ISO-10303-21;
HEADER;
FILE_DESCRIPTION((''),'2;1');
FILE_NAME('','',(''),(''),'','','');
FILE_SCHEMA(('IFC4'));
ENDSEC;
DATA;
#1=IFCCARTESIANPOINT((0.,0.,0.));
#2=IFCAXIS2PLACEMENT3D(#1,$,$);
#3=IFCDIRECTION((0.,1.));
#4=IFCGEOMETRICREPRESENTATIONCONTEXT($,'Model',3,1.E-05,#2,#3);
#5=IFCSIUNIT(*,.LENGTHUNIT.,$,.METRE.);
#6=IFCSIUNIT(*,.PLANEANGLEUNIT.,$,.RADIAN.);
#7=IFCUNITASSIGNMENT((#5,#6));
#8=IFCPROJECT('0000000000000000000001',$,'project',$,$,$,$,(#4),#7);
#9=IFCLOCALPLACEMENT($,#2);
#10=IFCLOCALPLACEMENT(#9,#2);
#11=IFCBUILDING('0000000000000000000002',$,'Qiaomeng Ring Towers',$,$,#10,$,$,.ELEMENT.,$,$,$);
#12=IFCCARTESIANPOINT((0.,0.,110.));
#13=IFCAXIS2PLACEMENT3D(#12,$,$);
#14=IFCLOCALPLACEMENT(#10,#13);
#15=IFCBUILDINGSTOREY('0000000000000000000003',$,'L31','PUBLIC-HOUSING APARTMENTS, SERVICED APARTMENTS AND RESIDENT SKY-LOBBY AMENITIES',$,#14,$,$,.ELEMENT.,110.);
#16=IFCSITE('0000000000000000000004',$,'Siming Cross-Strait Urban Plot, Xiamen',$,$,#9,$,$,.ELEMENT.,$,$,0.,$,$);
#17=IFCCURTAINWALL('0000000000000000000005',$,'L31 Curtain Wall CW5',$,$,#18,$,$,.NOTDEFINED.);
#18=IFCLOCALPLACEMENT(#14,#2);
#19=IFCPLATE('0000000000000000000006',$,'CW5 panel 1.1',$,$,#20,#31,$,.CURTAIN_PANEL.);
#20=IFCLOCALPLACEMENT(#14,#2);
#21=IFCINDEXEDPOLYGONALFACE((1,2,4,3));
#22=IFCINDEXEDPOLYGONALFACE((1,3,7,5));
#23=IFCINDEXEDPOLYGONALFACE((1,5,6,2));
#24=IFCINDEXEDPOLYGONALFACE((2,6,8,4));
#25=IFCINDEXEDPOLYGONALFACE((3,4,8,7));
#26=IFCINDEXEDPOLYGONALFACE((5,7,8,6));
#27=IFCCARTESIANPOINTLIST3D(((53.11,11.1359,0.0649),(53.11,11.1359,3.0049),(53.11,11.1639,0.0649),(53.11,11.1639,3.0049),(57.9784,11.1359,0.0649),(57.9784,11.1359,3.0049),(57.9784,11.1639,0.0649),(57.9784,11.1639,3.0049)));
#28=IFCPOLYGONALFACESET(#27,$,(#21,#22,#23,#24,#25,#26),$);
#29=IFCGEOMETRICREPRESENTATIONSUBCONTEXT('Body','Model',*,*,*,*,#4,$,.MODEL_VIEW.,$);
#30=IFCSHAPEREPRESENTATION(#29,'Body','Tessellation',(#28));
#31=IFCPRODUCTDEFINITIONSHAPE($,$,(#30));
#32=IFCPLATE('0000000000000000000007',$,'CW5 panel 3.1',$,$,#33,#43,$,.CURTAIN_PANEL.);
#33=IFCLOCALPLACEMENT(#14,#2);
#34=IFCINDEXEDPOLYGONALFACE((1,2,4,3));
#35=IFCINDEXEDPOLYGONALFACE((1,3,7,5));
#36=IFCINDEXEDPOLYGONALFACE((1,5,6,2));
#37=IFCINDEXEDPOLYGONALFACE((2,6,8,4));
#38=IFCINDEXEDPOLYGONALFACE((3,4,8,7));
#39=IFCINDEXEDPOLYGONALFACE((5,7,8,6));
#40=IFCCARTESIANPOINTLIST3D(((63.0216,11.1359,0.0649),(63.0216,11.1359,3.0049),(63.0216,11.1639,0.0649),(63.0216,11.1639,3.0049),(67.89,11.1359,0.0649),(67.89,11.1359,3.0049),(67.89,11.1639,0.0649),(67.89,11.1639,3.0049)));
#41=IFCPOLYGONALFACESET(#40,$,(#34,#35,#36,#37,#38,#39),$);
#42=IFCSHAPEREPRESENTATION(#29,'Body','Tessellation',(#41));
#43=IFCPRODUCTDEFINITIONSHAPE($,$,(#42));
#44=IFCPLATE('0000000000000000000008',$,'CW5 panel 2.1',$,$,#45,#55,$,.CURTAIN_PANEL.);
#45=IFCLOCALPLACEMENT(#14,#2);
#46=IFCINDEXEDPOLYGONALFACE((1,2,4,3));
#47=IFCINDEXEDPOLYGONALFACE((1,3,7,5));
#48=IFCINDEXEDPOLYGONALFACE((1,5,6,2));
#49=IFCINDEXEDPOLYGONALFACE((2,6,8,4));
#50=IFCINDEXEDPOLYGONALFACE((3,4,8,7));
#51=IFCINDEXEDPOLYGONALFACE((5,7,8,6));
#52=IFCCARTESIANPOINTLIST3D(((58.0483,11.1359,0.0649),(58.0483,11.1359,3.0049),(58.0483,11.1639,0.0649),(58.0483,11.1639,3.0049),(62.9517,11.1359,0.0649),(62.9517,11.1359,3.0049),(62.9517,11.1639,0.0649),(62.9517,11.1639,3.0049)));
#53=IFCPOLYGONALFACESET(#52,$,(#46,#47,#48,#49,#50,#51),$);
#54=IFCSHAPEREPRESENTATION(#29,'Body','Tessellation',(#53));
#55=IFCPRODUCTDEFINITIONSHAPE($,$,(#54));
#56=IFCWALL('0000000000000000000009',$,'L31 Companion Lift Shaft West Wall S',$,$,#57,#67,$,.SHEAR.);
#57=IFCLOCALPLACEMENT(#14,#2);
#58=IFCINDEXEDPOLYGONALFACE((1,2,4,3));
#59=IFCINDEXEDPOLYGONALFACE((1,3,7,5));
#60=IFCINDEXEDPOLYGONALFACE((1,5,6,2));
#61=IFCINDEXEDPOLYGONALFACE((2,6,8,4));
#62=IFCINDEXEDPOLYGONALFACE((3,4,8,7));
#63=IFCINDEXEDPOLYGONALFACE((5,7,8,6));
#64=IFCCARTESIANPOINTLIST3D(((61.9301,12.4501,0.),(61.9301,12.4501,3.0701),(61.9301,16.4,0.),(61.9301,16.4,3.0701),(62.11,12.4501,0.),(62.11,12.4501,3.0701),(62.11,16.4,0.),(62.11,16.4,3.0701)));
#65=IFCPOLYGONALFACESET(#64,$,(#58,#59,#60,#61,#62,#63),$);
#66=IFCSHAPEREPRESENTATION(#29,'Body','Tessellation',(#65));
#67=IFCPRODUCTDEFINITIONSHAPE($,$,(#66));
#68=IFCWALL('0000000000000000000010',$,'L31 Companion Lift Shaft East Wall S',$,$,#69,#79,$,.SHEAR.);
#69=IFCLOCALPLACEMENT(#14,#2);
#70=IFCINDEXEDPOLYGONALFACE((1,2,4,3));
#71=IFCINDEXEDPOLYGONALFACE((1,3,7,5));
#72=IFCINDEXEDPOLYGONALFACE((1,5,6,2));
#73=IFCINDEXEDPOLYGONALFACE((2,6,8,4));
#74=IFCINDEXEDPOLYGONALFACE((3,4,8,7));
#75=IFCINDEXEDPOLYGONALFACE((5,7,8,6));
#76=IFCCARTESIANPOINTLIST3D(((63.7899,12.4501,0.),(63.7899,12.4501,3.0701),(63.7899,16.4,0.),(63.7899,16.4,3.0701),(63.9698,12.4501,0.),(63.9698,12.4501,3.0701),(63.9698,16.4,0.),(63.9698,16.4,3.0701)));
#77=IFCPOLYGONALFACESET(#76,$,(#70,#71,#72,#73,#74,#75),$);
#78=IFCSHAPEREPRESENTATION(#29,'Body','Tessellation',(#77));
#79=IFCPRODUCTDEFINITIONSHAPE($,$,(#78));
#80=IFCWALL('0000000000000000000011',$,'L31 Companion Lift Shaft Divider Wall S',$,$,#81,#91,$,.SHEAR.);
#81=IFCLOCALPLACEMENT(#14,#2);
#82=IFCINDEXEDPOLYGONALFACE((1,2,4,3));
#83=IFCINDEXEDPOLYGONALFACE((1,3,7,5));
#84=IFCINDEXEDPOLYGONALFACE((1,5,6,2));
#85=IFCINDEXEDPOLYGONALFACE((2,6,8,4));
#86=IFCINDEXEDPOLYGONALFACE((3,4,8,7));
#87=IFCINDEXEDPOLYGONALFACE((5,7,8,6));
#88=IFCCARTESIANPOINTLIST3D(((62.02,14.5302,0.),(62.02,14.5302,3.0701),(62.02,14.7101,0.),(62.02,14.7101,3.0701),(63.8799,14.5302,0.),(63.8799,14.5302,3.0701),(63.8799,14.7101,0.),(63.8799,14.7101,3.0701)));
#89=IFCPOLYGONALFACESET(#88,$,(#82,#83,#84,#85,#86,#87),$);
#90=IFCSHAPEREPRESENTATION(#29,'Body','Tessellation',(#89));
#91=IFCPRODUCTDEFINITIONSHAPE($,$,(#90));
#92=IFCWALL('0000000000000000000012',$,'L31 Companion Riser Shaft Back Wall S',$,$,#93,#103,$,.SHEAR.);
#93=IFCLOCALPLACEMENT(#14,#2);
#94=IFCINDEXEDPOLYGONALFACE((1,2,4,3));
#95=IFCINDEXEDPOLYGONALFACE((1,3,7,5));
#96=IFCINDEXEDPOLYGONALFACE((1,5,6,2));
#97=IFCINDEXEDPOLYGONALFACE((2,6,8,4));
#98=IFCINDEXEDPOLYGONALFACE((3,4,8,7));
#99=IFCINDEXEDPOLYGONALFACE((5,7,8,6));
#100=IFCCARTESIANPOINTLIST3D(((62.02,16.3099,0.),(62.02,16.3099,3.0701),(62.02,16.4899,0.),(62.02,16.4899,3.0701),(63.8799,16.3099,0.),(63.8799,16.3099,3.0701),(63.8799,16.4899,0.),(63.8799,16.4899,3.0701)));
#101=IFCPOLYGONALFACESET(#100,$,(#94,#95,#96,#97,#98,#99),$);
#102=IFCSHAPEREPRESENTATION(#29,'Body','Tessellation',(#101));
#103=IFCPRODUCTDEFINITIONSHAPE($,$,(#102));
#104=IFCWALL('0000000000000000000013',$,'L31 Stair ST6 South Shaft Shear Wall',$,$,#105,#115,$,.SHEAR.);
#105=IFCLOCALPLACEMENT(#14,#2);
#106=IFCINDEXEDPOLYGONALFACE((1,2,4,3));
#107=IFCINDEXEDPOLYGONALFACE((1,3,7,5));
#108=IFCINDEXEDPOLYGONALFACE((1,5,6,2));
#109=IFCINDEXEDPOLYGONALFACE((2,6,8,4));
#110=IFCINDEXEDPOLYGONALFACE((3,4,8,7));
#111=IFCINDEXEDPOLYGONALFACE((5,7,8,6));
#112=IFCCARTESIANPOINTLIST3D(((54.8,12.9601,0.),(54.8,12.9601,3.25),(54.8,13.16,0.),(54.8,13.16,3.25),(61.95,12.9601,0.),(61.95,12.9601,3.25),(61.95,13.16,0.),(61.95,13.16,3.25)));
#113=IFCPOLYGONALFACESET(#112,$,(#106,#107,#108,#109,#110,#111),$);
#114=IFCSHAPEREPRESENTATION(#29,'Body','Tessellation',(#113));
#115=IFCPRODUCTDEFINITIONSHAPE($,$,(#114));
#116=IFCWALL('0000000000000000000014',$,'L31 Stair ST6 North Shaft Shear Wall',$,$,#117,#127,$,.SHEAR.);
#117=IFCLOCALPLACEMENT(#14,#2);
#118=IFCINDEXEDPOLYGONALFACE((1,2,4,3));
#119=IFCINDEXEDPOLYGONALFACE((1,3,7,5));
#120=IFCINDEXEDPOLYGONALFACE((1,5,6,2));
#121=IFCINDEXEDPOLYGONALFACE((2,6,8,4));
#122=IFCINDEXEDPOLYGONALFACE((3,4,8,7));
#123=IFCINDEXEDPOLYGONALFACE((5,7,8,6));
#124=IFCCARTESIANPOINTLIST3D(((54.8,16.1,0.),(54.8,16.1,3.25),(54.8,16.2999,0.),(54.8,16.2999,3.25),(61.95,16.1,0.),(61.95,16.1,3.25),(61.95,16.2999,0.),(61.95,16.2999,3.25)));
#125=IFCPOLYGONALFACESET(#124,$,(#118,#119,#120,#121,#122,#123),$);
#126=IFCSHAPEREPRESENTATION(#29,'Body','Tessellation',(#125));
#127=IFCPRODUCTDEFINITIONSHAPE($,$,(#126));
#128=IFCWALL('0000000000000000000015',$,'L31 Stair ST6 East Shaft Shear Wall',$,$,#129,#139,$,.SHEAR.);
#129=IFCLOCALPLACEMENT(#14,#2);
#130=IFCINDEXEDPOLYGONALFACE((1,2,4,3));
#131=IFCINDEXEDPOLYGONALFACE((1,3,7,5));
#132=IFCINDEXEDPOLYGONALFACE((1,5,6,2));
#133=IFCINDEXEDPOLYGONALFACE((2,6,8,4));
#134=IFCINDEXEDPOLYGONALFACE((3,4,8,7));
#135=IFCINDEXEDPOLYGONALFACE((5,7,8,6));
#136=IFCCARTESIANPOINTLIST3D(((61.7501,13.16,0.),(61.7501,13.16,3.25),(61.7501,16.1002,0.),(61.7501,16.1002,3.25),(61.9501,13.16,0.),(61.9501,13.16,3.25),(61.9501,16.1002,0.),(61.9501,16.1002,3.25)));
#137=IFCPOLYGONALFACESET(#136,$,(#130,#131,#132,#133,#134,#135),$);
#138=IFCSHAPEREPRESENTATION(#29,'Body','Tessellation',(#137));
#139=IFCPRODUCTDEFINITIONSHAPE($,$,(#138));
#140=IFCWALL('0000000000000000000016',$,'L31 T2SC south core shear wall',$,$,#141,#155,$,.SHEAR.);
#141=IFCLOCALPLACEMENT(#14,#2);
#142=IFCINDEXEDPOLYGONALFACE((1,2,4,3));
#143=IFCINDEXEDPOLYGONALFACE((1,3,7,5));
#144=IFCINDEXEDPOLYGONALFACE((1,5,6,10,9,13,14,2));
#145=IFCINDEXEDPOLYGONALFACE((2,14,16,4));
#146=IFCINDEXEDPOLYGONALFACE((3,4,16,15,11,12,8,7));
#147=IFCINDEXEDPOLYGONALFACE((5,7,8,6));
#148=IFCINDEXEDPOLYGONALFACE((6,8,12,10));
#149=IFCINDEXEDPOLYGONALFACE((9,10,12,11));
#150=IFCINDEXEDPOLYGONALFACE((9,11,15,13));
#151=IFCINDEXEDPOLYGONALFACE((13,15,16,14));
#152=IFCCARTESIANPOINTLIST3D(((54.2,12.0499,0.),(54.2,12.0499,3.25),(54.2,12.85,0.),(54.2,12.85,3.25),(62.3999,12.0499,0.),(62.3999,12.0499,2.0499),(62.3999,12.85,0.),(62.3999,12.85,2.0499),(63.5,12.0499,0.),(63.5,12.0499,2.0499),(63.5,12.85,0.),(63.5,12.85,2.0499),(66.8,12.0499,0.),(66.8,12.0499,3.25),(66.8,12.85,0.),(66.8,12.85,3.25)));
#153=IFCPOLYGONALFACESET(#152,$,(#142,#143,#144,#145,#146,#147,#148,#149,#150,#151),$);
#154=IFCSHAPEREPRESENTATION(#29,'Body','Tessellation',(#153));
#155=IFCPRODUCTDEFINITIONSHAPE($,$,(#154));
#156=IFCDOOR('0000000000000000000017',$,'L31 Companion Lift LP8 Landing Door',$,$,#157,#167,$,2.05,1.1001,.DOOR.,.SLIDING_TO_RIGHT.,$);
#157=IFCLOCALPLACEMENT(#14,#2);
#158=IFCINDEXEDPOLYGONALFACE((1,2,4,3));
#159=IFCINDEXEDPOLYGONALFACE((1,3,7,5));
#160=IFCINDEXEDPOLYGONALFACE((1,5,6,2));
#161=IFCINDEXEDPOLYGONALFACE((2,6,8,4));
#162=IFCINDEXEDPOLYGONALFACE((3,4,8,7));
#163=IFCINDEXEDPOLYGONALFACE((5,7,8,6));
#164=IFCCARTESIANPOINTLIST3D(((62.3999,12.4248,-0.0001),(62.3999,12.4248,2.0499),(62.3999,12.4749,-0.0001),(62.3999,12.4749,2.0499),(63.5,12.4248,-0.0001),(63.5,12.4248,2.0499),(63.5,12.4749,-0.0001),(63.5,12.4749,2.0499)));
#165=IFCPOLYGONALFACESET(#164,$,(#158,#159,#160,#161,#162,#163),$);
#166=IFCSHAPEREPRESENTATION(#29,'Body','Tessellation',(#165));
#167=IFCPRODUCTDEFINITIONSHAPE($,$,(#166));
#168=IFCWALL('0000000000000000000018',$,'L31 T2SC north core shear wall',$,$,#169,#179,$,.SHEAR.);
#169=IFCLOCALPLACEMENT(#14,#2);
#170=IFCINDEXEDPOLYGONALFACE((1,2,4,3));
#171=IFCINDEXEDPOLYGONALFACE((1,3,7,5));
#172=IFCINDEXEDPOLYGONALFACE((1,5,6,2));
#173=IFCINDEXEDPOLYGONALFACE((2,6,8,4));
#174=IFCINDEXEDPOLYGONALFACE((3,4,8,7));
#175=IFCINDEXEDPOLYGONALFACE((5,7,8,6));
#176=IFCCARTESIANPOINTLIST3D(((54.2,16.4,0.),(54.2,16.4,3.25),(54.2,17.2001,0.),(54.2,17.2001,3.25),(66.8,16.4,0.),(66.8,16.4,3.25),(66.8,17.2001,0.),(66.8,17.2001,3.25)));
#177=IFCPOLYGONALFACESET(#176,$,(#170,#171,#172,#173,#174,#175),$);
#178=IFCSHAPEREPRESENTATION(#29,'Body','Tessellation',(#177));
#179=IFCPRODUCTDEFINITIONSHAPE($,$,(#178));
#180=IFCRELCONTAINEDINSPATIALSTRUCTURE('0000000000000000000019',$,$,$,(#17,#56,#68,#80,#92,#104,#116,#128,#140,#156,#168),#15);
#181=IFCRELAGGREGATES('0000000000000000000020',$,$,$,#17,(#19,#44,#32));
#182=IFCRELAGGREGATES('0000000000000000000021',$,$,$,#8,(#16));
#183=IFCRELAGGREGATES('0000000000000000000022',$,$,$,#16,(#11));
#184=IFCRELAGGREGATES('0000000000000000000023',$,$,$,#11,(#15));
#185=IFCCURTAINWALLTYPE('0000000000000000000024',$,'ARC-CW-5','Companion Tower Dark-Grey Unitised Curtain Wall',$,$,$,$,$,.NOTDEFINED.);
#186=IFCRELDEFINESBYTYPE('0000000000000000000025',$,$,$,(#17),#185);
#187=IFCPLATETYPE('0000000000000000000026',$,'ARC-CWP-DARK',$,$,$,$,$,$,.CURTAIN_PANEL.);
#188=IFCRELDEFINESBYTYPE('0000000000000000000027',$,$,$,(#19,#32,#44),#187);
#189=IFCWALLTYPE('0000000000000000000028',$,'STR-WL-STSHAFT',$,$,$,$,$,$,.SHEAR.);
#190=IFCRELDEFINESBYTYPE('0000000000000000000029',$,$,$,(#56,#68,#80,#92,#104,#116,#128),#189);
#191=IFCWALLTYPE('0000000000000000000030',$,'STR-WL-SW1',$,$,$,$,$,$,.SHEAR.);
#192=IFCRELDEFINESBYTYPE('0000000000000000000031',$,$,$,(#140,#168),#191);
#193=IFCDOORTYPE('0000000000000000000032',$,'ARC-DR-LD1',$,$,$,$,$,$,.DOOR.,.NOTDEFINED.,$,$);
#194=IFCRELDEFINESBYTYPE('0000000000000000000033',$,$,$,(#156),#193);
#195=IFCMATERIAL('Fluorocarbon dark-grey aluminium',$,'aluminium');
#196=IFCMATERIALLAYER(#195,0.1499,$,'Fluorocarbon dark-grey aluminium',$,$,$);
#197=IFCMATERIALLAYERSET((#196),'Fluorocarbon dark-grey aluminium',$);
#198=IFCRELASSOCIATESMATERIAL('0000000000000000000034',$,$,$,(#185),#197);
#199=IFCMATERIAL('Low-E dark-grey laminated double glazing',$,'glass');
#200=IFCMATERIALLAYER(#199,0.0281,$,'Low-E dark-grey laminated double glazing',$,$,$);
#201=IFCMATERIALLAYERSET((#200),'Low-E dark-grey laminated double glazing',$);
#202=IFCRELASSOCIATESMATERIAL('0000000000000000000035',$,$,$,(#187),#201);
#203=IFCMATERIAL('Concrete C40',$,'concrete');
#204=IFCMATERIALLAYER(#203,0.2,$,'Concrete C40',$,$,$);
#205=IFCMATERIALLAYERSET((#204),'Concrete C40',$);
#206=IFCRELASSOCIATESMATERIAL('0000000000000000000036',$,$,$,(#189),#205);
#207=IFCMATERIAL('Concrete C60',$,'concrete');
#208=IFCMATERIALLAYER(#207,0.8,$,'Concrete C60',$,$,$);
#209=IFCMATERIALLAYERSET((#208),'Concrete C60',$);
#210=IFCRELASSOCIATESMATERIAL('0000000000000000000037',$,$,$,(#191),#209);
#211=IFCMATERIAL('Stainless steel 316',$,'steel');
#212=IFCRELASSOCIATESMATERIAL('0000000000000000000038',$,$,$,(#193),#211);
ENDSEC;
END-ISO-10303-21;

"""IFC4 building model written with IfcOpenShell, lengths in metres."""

from ifc_helpers import new_model, si_unit, direction, frame, frame_2d, origin, origin_2d, place, context, subcontext, project, spatial, rectangle, extrude, source, transform, mapped, material, layer, layer_set, type_object, element, fill, aggregate, save


model = new_model("IFC4")

# Units and contexts
model_context = context("Model", 3, precision=1e-05, world=origin(), true_north=direction((0.0, 1.0)))
body_context = subcontext(model_context, "Body", "Model", "MODEL_VIEW")
ifc_project = project(units=[si_unit("LENGTHUNIT", "METRE"), si_unit("PLANEANGLEUNIT", "RADIAN")], contexts=[model_context])

# Site, building, storey
site_placement = place(None, origin())
site = spatial("IfcSite", under=ifc_project, at=site_placement, Name="Siming Cross-Strait Urban Plot, Xiamen", CompositionType="ELEMENT", RefElevation=0.0)
building_placement = place(site_placement, origin())
building = spatial("IfcBuilding", under=site, at=building_placement, Name="Qiaomeng Ring Towers", CompositionType="ELEMENT")
storey_placement = place(building_placement, frame((0.0, 0.0, 110.0)))
storey = spatial("IfcBuildingStorey", under=building, at=storey_placement, Name="L31", Description="PUBLIC-HOUSING APARTMENTS, SERVICED APARTMENTS AND RESIDENT SKY-LOBBY AMENITIES", CompositionType="ELEMENT", Elevation=110.0)

# Shared definitions
ifc_material_1 = material(Name="Fluorocarbon dark-grey aluminium", Category="aluminium")

# Curtain wall, plates
ifc_layer_1 = layer(ifc_material_1, 0.1499, Name="Fluorocarbon dark-grey aluminium")
ifc_layer_set_1 = layer_set([ifc_layer_1], Name="Fluorocarbon dark-grey aluminium")
curtain_wall_type_1 = type_object("IfcCurtainWallType", Name="ARC-CW-5", Description="Companion Tower Dark-Grey Unitised Curtain Wall", PredefinedType="NOTDEFINED", material=ifc_layer_set_1)
curtain_wall_1_placement = place(storey_placement, origin())
curtain_wall_1 = element("IfcCurtainWall", 1, at=curtain_wall_1_placement, inside=storey, type_object=curtain_wall_type_1, Name="L31 Curtain Wall CW5", PredefinedType="NOTDEFINED")
ifc_material_2 = material(Name="Low-E dark-grey laminated double glazing", Category="glass")
ifc_layer_2 = layer(ifc_material_2, 0.0281, Name="Low-E dark-grey laminated double glazing")
ifc_layer_set_2 = layer_set([ifc_layer_2], Name="Low-E dark-grey laminated double glazing")
plate_type = type_object("IfcPlateType", Name="ARC-CWP-DARK", PredefinedType="CURTAIN_PANEL", material=ifc_layer_set_2)
shared_shape_1 = source(origin(), body_context, "Body", "SweptSolid", [
    extrude(rectangle(XDim=4.8684, YDim=0.0281, at=origin_2d()), origin(), (0.0, 0.0, 1.0), 2.9399),
])
plate_1_placement = place(storey_placement, frame((55.5442, 11.1499, 0.0649), z_axis=(0.0, 0.0, 1.0), x_axis=(1.0, 0.0, 0.0)))
plate_1 = element("IfcPlate", 2, at=plate_1_placement, type_object=plate_type, Name="CW5 panel 1.1", PredefinedType="CURTAIN_PANEL", context=body_context, shape_type="MappedRepresentation", body=[
    mapped(shared_shape_1, transform((0.0, 0.0, 0.0), x_axis=(1.0, 0.0, 0.0), y_axis=(0.0, 1.0, 0.0), z_axis=(0.0, 0.0, 1.0), scale=1.0)),
])
plate_2_placement = place(storey_placement, frame((65.4558, 11.1499, 0.0649), z_axis=(0.0, 0.0, 1.0), x_axis=(1.0, 0.0, 0.0)))
plate_2 = element("IfcPlate", 3, at=plate_2_placement, type_object=plate_type, Name="CW5 panel 3.1", PredefinedType="CURTAIN_PANEL", context=body_context, shape_type="MappedRepresentation", body=[
    mapped(shared_shape_1, transform((0.0, 0.0, 0.0), x_axis=(1.0, 0.0, 0.0), y_axis=(0.0, 1.0, 0.0), z_axis=(0.0, 0.0, 1.0), scale=1.0)),
])
shared_shape_2 = source(origin(), body_context, "Body", "SweptSolid", [
    extrude(rectangle(XDim=4.9033, YDim=0.0281, at=origin_2d()), origin(), (0.0, 0.0, 1.0), 2.9399),
])
plate_3_placement = place(storey_placement, frame((60.5, 11.1499, 0.0649), z_axis=(0.0, 0.0, 1.0), x_axis=(1.0, 0.0, 0.0)))
plate_3 = element("IfcPlate", 4, at=plate_3_placement, type_object=plate_type, Name="CW5 panel 2.1", PredefinedType="CURTAIN_PANEL", context=body_context, shape_type="MappedRepresentation", body=[
    mapped(shared_shape_2, transform((0.0, 0.0, 0.0), x_axis=(1.0, 0.0, 0.0), y_axis=(0.0, 1.0, 0.0), z_axis=(0.0, 0.0, 1.0), scale=1.0)),
])
aggregate(curtain_wall_1, [plate_1, plate_3, plate_2])

# Walls
ifc_material_3 = material(Name="Concrete C40", Category="concrete")
ifc_layer_3 = layer(ifc_material_3, 0.2, Name="Concrete C40")
ifc_layer_set_3 = layer_set([ifc_layer_3], Name="Concrete C40")
wall_type_1 = type_object("IfcWallType", Name="STR-WL-STSHAFT", PredefinedType="SHEAR", material=ifc_layer_set_3)
for number, where, z_axis, x_axis, name in (
    (5, (62.02, 12.45, 0.0), (0.0, 0.0, 1.0), (0.0, 1.0, 0.0), "L31 Companion Lift Shaft West Wall S"),
    (6, (63.8799, 12.45, 0.0), (0.0, 0.0, 1.0), (0.0, 1.0, 0.0), "L31 Companion Lift Shaft East Wall S"),
):
    element("IfcWall", number, at=place(storey_placement, frame(where, z_axis=z_axis, x_axis=x_axis)), inside=storey, type_object=wall_type_1, Name=name, PredefinedType="SHEAR", context=body_context, shape_type="SweptSolid", body=[
        extrude(rectangle(XDim=3.95, YDim=0.1799, at=frame_2d((1.9751, 0.0))), origin(), (0.0, 0.0, 1.0), 3.0701),
    ])
for number, where, z_axis, x_axis, name in (
    (7, (62.02, 14.6201, 0.0), (0.0, 0.0, 1.0), (1.0, 0.0, 0.0), "L31 Companion Lift Shaft Divider Wall S"),
    (8, (62.02, 16.3999, 0.0), (0.0, 0.0, 1.0), (1.0, 0.0, 0.0), "L31 Companion Riser Shaft Back Wall S"),
):
    element("IfcWall", number, at=place(storey_placement, frame(where, z_axis=z_axis, x_axis=x_axis)), inside=storey, type_object=wall_type_1, Name=name, PredefinedType="SHEAR", context=body_context, shape_type="SweptSolid", body=[
        extrude(rectangle(XDim=1.8599, YDim=0.1799, at=frame_2d((0.9299, 0.0))), origin(), (0.0, 0.0, 1.0), 3.0701),
    ])
for number, where, z_axis, x_axis, name in (
    (9, (54.8, 13.0601, 0.0), (0.0, 0.0, 1.0), (1.0, 0.0, 0.0), "L31 Stair ST6 South Shaft Shear Wall"),
    (10, (54.8, 16.2, 0.0), (0.0, 0.0, 1.0), (1.0, 0.0, 0.0), "L31 Stair ST6 North Shaft Shear Wall"),
):
    element("IfcWall", number, at=place(storey_placement, frame(where, z_axis=z_axis, x_axis=x_axis)), inside=storey, type_object=wall_type_1, Name=name, PredefinedType="SHEAR", context=body_context, shape_type="SweptSolid", body=[
        extrude(rectangle(XDim=7.1499, YDim=0.2, at=frame_2d((3.575, 0.0))), origin(), (0.0, 0.0, 1.0), 3.25),
    ])
wall_1_placement = place(storey_placement, frame((61.8501, 13.1599, 0.0), z_axis=(0.0, 0.0, 1.0), x_axis=(0.0, 1.0, 0.0)))
element("IfcWall", 11, at=wall_1_placement, inside=storey, type_object=wall_type_1, Name="L31 Stair ST6 East Shaft Shear Wall", PredefinedType="SHEAR", context=body_context, shape_type="SweptSolid", body=[
    extrude(rectangle(XDim=2.9402, YDim=0.2, at=frame_2d((1.4702, 0.0))), origin(), (0.0, 0.0, 1.0), 3.25),
])

# Wall, opening, door
ifc_material_4 = material(Name="Concrete C60", Category="concrete")
ifc_layer_4 = layer(ifc_material_4, 0.8, Name="Concrete C60")
ifc_layer_set_4 = layer_set([ifc_layer_4], Name="Concrete C60")
wall_type_2 = type_object("IfcWallType", Name="STR-WL-SW1", PredefinedType="SHEAR", material=ifc_layer_set_4)
wall_2_placement = place(storey_placement, frame((54.2, 12.45, 0.0), z_axis=(0.0, 0.0, 1.0), x_axis=(1.0, 0.0, 0.0)))
wall_2 = element("IfcWall", 12, at=wall_2_placement, inside=storey, type_object=wall_type_2, Name="L31 T2SC south core shear wall", PredefinedType="SHEAR", context=body_context, shape_type="SweptSolid", body=[
    extrude(rectangle(XDim=12.6001, YDim=0.8, at=frame_2d((6.3, 0.0))), origin(), (0.0, 0.0, 1.0), 3.25),
])
opening_1_placement = place(wall_2_placement, frame((8.2, 0.0, 0.0)))
opening_1 = element("IfcOpeningElement", 13, at=opening_1_placement, cuts=wall_2, PredefinedType="OPENING", context=body_context, shape_type="SweptSolid", body=[
    extrude(rectangle(XDim=1.1001, YDim=2.05, at=frame_2d((0.55, 1.0249))), frame((0.0, 0.4099, 0.0), z_axis=(0.0, -1.0, 0.0), x_axis=(1.0, 0.0, 0.0)), (0.0, 0.0, 1.0), 0.8201),
])
ifc_material_5 = material(Name="Stainless steel 316", Category="steel")
door_type_1 = type_object("IfcDoorType", Name="ARC-DR-LD1", OperationType="NOTDEFINED", PredefinedType="DOOR", material=ifc_material_5)
shared_shape_3 = source(origin(), body_context, "Body", "SweptSolid", [
    extrude(rectangle(XDim=1.1001, YDim=2.05, at=frame_2d((0.55, 1.0249))), frame((0.0, 0.0249, 0.0), z_axis=(0.0, -1.0, 0.0), x_axis=(1.0, 0.0, 0.0)), (0.0, 0.0, 1.0), 0.05),
])
door_1_placement = place(opening_1_placement, origin())
door_1 = element("IfcDoor", 14, at=door_1_placement, inside=storey, type_object=door_type_1, Name="L31 Companion Lift LP8 Landing Door", OperationType="SLIDING_TO_RIGHT", OverallHeight=2.05, OverallWidth=1.1001, PredefinedType="DOOR", context=body_context, shape_type="MappedRepresentation", body=[
    mapped(shared_shape_3, transform((0.0, 0.0, 0.0), x_axis=(1.0, 0.0, 0.0), y_axis=(0.0, 1.0, 0.0), z_axis=(0.0, 0.0, 1.0), scale=1.0)),
])
fill(opening_1, door_1)

# Wall
wall_3_placement = place(storey_placement, frame((54.2, 16.8, 0.0), z_axis=(0.0, 0.0, 1.0), x_axis=(1.0, 0.0, 0.0)))
element("IfcWall", 15, at=wall_3_placement, inside=storey, type_object=wall_type_2, Name="L31 T2SC north core shear wall", PredefinedType="SHEAR", context=body_context, shape_type="SweptSolid", body=[
    extrude(rectangle(XDim=12.6001, YDim=0.8, at=frame_2d((6.3, 0.0))), origin(), (0.0, 0.0, 1.0), 3.25),
])

save(model, "model.ifc")
